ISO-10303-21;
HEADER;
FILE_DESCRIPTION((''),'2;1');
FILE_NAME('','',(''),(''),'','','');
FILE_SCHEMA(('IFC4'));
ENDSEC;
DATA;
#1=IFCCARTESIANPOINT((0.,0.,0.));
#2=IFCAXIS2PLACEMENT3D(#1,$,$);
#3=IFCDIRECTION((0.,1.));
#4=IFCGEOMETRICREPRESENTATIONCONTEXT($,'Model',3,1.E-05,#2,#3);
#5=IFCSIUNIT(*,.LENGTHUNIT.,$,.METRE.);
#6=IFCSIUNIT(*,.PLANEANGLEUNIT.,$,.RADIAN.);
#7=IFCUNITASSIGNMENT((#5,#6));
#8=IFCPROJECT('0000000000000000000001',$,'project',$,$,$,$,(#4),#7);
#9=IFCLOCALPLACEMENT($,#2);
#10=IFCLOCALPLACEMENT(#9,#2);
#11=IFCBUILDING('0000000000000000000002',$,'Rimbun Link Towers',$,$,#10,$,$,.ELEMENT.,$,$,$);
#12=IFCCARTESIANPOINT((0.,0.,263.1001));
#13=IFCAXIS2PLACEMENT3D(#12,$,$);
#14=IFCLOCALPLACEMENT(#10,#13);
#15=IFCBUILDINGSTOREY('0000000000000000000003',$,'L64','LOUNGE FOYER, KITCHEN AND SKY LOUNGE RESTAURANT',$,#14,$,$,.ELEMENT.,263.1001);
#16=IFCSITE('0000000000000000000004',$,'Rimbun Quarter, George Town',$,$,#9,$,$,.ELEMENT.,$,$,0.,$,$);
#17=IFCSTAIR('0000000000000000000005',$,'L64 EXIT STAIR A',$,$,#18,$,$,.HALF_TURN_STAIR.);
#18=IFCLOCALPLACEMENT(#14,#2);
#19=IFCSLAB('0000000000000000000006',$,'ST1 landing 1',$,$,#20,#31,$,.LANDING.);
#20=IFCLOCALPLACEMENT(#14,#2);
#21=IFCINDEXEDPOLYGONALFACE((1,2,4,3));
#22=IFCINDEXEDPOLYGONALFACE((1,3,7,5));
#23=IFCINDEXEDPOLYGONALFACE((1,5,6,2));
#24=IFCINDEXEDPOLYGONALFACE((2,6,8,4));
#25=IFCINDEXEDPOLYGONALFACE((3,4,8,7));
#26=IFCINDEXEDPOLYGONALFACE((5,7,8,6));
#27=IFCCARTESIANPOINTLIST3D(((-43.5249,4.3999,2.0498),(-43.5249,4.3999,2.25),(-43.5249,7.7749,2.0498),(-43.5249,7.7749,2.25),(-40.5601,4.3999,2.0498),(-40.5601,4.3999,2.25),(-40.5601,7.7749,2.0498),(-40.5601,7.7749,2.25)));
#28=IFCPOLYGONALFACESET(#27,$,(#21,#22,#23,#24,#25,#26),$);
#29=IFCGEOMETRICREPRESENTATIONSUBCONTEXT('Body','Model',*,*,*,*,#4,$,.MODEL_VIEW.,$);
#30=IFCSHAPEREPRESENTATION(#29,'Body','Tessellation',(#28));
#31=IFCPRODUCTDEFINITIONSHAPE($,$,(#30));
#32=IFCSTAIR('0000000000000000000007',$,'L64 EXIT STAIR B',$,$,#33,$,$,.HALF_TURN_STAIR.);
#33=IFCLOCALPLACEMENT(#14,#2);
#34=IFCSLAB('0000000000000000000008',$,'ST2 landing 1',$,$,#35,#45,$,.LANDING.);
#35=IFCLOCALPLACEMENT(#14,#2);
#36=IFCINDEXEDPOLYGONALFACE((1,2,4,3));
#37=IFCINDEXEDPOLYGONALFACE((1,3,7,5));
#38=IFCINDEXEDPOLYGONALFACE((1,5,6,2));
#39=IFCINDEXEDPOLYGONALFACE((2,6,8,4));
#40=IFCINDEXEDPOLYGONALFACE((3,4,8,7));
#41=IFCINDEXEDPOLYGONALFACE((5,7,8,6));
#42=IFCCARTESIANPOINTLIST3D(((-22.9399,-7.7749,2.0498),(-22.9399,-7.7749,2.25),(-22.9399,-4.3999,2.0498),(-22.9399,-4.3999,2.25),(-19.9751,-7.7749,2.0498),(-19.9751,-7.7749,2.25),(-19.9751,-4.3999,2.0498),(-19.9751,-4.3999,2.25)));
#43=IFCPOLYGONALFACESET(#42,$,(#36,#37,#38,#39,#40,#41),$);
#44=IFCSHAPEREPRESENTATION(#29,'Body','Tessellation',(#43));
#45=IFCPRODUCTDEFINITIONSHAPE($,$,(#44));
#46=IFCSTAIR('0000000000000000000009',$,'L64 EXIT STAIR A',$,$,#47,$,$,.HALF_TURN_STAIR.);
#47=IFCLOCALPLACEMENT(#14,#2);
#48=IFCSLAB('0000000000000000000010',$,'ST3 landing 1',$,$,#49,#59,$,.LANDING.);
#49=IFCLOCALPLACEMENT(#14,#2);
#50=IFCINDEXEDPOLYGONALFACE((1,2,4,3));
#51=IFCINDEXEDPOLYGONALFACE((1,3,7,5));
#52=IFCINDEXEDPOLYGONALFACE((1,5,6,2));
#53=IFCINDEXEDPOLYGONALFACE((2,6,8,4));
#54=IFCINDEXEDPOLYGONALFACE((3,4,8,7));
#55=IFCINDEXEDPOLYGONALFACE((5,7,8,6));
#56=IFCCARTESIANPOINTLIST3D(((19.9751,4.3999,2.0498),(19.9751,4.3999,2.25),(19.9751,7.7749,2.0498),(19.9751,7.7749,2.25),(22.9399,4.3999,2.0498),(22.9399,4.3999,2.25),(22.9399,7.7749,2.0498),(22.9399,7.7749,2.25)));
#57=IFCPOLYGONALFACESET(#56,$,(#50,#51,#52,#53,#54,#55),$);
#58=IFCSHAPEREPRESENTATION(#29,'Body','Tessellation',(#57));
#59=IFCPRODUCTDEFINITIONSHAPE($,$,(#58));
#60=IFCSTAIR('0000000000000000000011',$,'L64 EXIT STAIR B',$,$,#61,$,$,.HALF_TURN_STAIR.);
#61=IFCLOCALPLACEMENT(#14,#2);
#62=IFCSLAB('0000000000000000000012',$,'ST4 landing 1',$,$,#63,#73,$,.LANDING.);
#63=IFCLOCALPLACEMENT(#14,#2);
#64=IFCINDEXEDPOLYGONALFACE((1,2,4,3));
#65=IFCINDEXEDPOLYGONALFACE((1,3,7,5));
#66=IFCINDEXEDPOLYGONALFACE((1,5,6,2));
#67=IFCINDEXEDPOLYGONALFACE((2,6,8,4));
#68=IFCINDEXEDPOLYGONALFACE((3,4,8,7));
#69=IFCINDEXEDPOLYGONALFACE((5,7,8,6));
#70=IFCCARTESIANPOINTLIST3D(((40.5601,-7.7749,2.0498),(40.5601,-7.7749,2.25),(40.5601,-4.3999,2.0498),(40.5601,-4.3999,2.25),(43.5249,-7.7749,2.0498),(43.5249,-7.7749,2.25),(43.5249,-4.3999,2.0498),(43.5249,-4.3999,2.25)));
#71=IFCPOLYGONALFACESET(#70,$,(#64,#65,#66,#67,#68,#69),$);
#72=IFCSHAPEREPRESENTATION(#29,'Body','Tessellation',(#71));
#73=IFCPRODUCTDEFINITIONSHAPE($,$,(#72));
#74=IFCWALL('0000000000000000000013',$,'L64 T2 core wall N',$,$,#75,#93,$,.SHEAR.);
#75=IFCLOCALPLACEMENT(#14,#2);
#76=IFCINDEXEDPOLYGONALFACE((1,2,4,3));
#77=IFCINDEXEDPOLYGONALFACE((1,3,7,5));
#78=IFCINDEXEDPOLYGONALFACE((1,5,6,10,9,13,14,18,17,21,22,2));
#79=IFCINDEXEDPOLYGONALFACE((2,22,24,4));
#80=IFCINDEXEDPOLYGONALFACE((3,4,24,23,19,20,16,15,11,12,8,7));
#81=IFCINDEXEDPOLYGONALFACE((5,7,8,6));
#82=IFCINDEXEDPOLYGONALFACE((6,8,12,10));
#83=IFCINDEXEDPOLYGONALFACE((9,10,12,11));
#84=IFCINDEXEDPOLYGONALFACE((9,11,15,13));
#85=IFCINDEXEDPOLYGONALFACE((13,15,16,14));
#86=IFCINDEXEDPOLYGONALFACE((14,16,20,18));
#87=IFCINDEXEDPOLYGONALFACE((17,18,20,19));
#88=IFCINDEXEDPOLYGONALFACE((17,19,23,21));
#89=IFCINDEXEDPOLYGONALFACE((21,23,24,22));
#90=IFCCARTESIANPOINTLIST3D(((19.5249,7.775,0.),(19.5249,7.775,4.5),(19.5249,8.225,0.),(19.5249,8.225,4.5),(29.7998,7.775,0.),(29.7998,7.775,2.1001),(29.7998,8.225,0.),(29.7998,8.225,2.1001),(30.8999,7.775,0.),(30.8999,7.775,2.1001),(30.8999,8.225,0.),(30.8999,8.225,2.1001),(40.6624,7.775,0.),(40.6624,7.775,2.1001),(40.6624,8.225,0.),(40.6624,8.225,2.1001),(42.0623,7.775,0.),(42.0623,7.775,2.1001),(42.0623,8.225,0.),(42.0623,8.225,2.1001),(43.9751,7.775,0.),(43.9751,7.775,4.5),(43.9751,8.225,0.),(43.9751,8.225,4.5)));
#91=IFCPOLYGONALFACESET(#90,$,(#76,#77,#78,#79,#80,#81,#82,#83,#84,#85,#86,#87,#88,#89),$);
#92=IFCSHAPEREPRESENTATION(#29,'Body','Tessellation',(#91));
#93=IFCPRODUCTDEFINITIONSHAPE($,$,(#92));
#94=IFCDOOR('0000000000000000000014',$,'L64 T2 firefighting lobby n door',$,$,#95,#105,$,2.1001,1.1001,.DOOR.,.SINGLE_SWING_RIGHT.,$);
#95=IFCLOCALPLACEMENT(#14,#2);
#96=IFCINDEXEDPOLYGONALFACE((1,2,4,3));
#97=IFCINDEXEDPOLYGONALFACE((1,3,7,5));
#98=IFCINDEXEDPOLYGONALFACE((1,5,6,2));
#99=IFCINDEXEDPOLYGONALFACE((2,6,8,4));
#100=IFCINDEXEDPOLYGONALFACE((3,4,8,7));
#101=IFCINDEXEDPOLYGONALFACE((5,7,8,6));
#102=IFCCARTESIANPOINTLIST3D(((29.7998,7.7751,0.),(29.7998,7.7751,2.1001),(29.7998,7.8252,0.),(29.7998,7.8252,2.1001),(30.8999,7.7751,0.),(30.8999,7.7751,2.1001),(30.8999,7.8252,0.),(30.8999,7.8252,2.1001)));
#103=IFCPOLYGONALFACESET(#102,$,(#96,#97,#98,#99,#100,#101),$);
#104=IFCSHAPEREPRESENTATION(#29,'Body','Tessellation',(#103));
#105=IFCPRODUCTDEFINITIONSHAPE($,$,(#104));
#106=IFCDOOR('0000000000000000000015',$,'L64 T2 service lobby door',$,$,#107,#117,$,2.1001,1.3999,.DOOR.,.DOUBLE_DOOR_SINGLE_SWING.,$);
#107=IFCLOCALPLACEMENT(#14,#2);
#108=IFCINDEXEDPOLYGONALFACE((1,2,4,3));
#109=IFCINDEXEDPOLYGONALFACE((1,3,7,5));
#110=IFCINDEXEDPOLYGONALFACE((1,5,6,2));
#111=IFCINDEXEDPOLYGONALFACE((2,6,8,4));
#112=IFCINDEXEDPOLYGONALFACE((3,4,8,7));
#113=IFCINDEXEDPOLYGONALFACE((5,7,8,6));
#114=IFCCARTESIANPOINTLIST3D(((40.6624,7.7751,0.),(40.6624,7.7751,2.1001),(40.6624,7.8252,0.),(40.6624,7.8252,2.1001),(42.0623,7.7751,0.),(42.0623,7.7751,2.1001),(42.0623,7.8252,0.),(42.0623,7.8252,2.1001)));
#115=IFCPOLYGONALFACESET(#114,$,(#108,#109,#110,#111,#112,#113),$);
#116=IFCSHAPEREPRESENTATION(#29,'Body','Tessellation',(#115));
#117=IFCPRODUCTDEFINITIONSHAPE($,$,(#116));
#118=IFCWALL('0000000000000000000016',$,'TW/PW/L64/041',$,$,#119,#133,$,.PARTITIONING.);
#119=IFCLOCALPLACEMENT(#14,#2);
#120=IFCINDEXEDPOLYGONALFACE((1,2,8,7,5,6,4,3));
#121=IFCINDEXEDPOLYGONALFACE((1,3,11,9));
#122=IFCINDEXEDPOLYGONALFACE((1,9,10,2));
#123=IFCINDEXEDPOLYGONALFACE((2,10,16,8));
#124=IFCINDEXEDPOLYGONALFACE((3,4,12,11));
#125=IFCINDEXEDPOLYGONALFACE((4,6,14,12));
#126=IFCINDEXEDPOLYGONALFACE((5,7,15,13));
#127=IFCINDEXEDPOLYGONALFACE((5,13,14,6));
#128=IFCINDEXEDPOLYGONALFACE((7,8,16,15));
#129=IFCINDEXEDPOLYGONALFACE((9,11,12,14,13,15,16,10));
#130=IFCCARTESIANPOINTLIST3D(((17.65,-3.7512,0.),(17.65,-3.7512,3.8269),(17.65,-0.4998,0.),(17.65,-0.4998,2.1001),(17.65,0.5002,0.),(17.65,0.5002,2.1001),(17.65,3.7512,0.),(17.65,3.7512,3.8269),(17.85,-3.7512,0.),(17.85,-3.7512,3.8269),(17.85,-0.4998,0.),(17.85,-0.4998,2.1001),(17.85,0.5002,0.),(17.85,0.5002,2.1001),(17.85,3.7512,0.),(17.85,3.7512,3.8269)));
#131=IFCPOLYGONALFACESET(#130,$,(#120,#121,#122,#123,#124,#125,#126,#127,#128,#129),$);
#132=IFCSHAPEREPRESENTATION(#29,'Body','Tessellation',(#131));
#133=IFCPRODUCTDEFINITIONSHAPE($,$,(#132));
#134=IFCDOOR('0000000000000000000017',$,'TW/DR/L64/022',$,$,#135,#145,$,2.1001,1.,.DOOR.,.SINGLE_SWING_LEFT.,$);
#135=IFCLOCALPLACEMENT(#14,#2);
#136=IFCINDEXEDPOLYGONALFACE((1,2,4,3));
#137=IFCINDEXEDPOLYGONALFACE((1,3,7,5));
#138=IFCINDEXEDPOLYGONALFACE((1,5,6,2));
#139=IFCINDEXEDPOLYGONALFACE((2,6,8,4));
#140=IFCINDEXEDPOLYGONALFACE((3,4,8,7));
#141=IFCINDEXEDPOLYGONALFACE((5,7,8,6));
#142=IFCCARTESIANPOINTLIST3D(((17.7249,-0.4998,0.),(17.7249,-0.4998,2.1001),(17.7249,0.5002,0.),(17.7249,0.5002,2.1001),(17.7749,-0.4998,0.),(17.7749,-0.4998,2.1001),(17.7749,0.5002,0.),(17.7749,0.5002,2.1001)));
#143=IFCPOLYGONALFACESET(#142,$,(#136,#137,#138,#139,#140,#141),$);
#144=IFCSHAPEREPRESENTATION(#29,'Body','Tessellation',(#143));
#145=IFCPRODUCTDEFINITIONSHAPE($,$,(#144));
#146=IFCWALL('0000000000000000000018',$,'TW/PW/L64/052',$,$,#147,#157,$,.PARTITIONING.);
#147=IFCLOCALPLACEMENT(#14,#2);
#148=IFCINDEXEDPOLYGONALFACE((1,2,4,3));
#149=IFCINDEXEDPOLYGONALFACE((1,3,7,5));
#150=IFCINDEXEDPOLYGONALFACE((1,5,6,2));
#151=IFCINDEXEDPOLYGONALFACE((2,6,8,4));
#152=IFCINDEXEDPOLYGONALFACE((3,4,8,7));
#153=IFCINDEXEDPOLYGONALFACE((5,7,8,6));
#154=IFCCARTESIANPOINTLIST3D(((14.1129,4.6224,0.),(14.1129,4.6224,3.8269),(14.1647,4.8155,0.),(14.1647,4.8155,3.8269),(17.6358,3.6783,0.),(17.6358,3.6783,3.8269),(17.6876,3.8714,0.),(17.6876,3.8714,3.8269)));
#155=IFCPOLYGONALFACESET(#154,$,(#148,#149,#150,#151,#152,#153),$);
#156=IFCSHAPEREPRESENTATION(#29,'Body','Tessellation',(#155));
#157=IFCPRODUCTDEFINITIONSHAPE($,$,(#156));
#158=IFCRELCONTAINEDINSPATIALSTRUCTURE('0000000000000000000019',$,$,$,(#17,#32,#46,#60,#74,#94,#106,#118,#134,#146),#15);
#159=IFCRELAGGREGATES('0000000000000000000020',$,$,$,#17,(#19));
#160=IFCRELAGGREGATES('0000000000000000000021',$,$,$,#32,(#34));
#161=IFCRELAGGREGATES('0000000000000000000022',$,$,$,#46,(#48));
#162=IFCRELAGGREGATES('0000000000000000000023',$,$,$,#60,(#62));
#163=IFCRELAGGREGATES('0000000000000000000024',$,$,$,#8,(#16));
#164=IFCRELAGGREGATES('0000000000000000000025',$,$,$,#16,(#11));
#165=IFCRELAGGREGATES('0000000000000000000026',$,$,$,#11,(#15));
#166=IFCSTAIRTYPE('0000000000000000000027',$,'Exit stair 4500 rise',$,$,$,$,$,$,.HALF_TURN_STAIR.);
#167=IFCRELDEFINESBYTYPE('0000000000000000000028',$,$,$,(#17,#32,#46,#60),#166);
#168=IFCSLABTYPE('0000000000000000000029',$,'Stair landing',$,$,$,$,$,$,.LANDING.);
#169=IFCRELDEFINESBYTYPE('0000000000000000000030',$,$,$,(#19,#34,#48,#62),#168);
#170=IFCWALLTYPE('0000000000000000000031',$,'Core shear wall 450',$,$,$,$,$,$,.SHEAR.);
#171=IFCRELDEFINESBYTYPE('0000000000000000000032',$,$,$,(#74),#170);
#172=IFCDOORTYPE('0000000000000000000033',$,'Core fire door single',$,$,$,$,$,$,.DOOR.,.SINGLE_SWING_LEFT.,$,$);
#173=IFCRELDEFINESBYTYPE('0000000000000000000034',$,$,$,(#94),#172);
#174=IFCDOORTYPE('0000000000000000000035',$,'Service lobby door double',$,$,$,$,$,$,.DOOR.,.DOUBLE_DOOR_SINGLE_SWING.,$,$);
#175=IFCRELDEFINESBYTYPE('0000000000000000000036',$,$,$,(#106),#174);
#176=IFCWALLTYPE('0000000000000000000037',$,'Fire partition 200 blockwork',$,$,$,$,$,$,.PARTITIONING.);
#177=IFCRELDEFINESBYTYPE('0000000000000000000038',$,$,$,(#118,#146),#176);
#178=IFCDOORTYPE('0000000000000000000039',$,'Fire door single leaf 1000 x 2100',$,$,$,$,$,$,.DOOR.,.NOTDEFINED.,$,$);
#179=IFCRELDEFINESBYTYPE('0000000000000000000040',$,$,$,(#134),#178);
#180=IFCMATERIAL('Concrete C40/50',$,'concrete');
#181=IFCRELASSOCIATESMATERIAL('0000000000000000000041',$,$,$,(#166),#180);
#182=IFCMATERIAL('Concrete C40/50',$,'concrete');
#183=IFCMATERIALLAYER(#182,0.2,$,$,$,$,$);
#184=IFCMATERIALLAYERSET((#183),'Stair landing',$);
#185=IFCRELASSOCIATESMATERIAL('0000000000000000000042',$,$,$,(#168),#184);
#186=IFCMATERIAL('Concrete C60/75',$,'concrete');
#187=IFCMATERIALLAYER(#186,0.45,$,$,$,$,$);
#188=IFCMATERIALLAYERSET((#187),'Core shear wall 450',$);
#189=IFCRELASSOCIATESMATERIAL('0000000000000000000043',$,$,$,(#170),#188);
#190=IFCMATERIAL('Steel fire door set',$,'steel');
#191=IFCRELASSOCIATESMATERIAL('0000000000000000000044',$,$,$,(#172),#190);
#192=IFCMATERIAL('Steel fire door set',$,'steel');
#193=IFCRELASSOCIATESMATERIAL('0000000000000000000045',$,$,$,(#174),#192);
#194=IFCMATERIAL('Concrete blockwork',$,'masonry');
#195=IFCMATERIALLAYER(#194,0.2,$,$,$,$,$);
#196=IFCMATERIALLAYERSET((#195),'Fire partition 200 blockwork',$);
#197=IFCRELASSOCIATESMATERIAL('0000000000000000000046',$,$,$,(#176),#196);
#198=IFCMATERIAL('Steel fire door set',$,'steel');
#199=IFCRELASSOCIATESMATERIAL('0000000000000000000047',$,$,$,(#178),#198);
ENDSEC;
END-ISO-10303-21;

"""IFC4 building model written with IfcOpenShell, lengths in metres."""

from ifc_helpers import new_model, si_unit, direction, frame, frame_2d, origin, place, context, subcontext, project, spatial, polyline, rectangle, outline, extrude, material, layer, layer_set, type_object, element, fill, aggregate, save


model = new_model("IFC4")

# Units and contexts
model_context = context("Model", 3, precision=1e-05, world=origin(), true_north=direction((0.0, 1.0)))
body_context = subcontext(model_context, "Body", "Model", "MODEL_VIEW")
ifc_project = project(units=[si_unit("LENGTHUNIT", "METRE"), si_unit("PLANEANGLEUNIT", "RADIAN")], contexts=[model_context])

# Site, building, storey
site_placement = place(None, origin())
site = spatial("IfcSite", under=ifc_project, at=site_placement, Name="Rimbun Quarter, George Town", CompositionType="ELEMENT", RefElevation=0.0)
building_placement = place(site_placement, origin())
building = spatial("IfcBuilding", under=site, at=building_placement, Name="Rimbun Link Towers", CompositionType="ELEMENT")
storey_placement = place(building_placement, frame((0.0, 0.0, 263.1001)))
storey = spatial("IfcBuildingStorey", under=building, at=storey_placement, Name="L64", Description="LOUNGE FOYER, KITCHEN AND SKY LOUNGE RESTAURANT", CompositionType="ELEMENT", Elevation=263.1001)

# Stairs, slabs
ifc_material_1 = material(Name="Concrete C40/50", Category="concrete")
stair_type = type_object("IfcStairType", Name="Exit stair 4500 rise", PredefinedType="HALF_TURN_STAIR", material=ifc_material_1)
stair_1_placement = place(storey_placement, origin())
stair_1 = element("IfcStair", 1, at=stair_1_placement, inside=storey, type_object=stair_type, Name="L64 EXIT STAIR A", PredefinedType="HALF_TURN_STAIR")
ifc_material_2 = material(Name="Concrete C40/50", Category="concrete")
ifc_layer_1 = layer(ifc_material_2, 0.2)
ifc_layer_set_1 = layer_set([ifc_layer_1], Name="Stair landing")
slab_type = type_object("IfcSlabType", Name="Stair landing", PredefinedType="LANDING", material=ifc_layer_set_1)
slab_1_placement = place(storey_placement, frame((0.0, 0.0, 2.0498)))
slab_1 = element("IfcSlab", 2, at=slab_1_placement, type_object=slab_type, Name="ST1 landing 1", PredefinedType="LANDING", context=body_context, shape_type="SweptSolid", body=[
    extrude(outline(polyline([(-40.5601, 7.7749), (-43.5249, 7.7749), (-43.5249, 4.3999), (-40.5601, 4.3999), (-40.5601, 7.7749)])), origin(), (0.0, 0.0, 1.0), 0.2002),
])
aggregate(stair_1, [slab_1])
stair_2_placement = place(storey_placement, origin())
stair_2 = element("IfcStair", 3, at=stair_2_placement, inside=storey, type_object=stair_type, Name="L64 EXIT STAIR B", PredefinedType="HALF_TURN_STAIR")
slab_2_placement = place(storey_placement, frame((0.0, 0.0, 2.0498)))
slab_2 = element("IfcSlab", 4, at=slab_2_placement, type_object=slab_type, Name="ST2 landing 1", PredefinedType="LANDING", context=body_context, shape_type="SweptSolid", body=[
    extrude(outline(polyline([(-22.9399, -7.7749), (-19.9751, -7.7749), (-19.9751, -4.3999), (-22.9399, -4.3999), (-22.9399, -7.7749)])), origin(), (0.0, 0.0, 1.0), 0.2002),
])
aggregate(stair_2, [slab_2])
stair_3_placement = place(storey_placement, origin())
stair_3 = element("IfcStair", 5, at=stair_3_placement, inside=storey, type_object=stair_type, Name="L64 EXIT STAIR A", PredefinedType="HALF_TURN_STAIR")
slab_3_placement = place(storey_placement, frame((0.0, 0.0, 2.0498)))
slab_3 = element("IfcSlab", 6, at=slab_3_placement, type_object=slab_type, Name="ST3 landing 1", PredefinedType="LANDING", context=body_context, shape_type="SweptSolid", body=[
    extrude(outline(polyline([(22.9399, 7.7749), (19.9751, 7.7749), (19.9751, 4.3999), (22.9399, 4.3999), (22.9399, 7.7749)])), origin(), (0.0, 0.0, 1.0), 0.2002),
])
aggregate(stair_3, [slab_3])
stair_4_placement = place(storey_placement, origin())
stair_4 = element("IfcStair", 7, at=stair_4_placement, inside=storey, type_object=stair_type, Name="L64 EXIT STAIR B", PredefinedType="HALF_TURN_STAIR")
slab_4_placement = place(storey_placement, frame((0.0, 0.0, 2.0498)))
slab_4 = element("IfcSlab", 8, at=slab_4_placement, type_object=slab_type, Name="ST4 landing 1", PredefinedType="LANDING", context=body_context, shape_type="SweptSolid", body=[
    extrude(outline(polyline([(40.5601, -7.7749), (43.5249, -7.7749), (43.5249, -4.3999), (40.5601, -4.3999), (40.5601, -7.7749)])), origin(), (0.0, 0.0, 1.0), 0.2002),
])
aggregate(stair_4, [slab_4])

# Wall, openings, doors
ifc_material_3 = material(Name="Concrete C60/75", Category="concrete")
ifc_layer_2 = layer(ifc_material_3, 0.45)
ifc_layer_set_2 = layer_set([ifc_layer_2], Name="Core shear wall 450")
wall_type_1 = type_object("IfcWallType", Name="Core shear wall 450", PredefinedType="SHEAR", material=ifc_layer_set_2)
wall_1_placement = place(storey_placement, frame((19.5249, 8.0, 0.0), z_axis=(0.0, 0.0, 1.0), x_axis=(1.0, 0.0, 0.0)))
wall_1 = element("IfcWall", 9, at=wall_1_placement, inside=storey, type_object=wall_type_1, Name="L64 T2 core wall N", PredefinedType="SHEAR", context=body_context, shape_type="SweptSolid", body=[
    extrude(rectangle(XDim=24.4502, YDim=0.45, at=frame_2d((12.2251, 0.0))), origin(), (0.0, 0.0, 1.0), 4.5),
])
opening_1_placement = place(wall_1_placement, frame((10.2749, 0.0, 0.0)))
opening_1 = element("IfcOpeningElement", 10, at=opening_1_placement, cuts=wall_1, PredefinedType="OPENING", context=body_context, shape_type="SweptSolid", body=[
    extrude(rectangle(XDim=1.1001, YDim=2.1001, at=frame_2d((0.55, 1.05))), frame((0.0, 0.2349, 0.0), z_axis=(0.0, -1.0, 0.0), x_axis=(1.0, 0.0, 0.0)), (0.0, 0.0, 1.0), 0.47),
])
opening_2_placement = place(wall_1_placement, frame((21.1375, 0.0, 0.0)))
opening_2 = element("IfcOpeningElement", 11, at=opening_2_placement, cuts=wall_1, PredefinedType="OPENING", context=body_context, shape_type="SweptSolid", body=[
    extrude(rectangle(XDim=1.3999, YDim=2.1001, at=frame_2d((0.7, 1.05))), frame((0.0, 0.2349, 0.0), z_axis=(0.0, -1.0, 0.0), x_axis=(1.0, 0.0, 0.0)), (0.0, 0.0, 1.0), 0.47),
])
ifc_material_4 = material(Name="Steel fire door set", Category="steel")
door_type_1 = type_object("IfcDoorType", Name="Core fire door single", OperationType="SINGLE_SWING_LEFT", PredefinedType="DOOR", material=ifc_material_4)
door_1_placement = place(opening_1_placement, origin())
door_1 = element("IfcDoor", 12, at=door_1_placement, inside=storey, type_object=door_type_1, Name="L64 T2 firefighting lobby n door", OperationType="SINGLE_SWING_RIGHT", OverallHeight=2.1001, OverallWidth=1.1001, PredefinedType="DOOR", context=body_context, shape_type="SweptSolid", body=[
    extrude(rectangle(XDim=1.1001, YDim=2.1001, at=frame_2d((0.55, 1.05))), frame((0.0, -0.1748, 0.0), z_axis=(0.0, -1.0, 0.0), x_axis=(1.0, 0.0, 0.0)), (0.0, 0.0, 1.0), 0.05),
])
fill(opening_1, door_1)
ifc_material_5 = material(Name="Steel fire door set", Category="steel")
door_type_2 = type_object("IfcDoorType", Name="Service lobby door double", OperationType="DOUBLE_DOOR_SINGLE_SWING", PredefinedType="DOOR", material=ifc_material_5)
door_2_placement = place(opening_2_placement, origin())
door_2 = element("IfcDoor", 13, at=door_2_placement, inside=storey, type_object=door_type_2, Name="L64 T2 service lobby door", OperationType="DOUBLE_DOOR_SINGLE_SWING", OverallHeight=2.1001, OverallWidth=1.3999, PredefinedType="DOOR", context=body_context, shape_type="SweptSolid", body=[
    extrude(rectangle(XDim=1.3999, YDim=2.1001, at=frame_2d((0.7, 1.05))), frame((0.0, -0.1748, 0.0), z_axis=(0.0, -1.0, 0.0), x_axis=(1.0, 0.0, 0.0)), (0.0, 0.0, 1.0), 0.05),
])
fill(opening_2, door_2)

# Wall, opening, door
ifc_material_6 = material(Name="Concrete blockwork", Category="masonry")
ifc_layer_3 = layer(ifc_material_6, 0.2)
ifc_layer_set_3 = layer_set([ifc_layer_3], Name="Fire partition 200 blockwork")
wall_type_2 = type_object("IfcWallType", Name="Fire partition 200 blockwork", PredefinedType="PARTITIONING", material=ifc_layer_set_3)
wall_2_placement = place(storey_placement, frame((17.75, 3.7512, 0.0), z_axis=(0.0, 0.0, 1.0), x_axis=(0.0, -1.0, 0.0)))
wall_2 = element("IfcWall", 14, at=wall_2_placement, inside=storey, type_object=wall_type_2, Name="TW/PW/L64/041", PredefinedType="PARTITIONING", context=body_context, shape_type="SweptSolid", body=[
    extrude(rectangle(XDim=7.5024, YDim=0.2, at=frame_2d((3.7512, 0.0))), origin(), (0.0, 0.0, 1.0), 3.8269),
])
opening_3_placement = place(wall_2_placement, frame((3.251, 0.0, 0.0)))
opening_3 = element("IfcOpeningElement", 15, at=opening_3_placement, cuts=wall_2, PredefinedType="OPENING", context=body_context, shape_type="SweptSolid", body=[
    extrude(rectangle(XDim=1.0, YDim=2.1001, at=frame_2d((0.5, 1.05))), frame((0.0, 0.1099, 0.0), z_axis=(0.0, -1.0, 0.0), x_axis=(1.0, 0.0, 0.0)), (0.0, 0.0, 1.0), 0.22),
])
ifc_material_7 = material(Name="Steel fire door set", Category="steel")
door_type_3 = type_object("IfcDoorType", Name="Fire door single leaf 1000 x 2100", OperationType="NOTDEFINED", PredefinedType="DOOR", material=ifc_material_7)
door_3_placement = place(opening_3_placement, origin())
door_3 = element("IfcDoor", 16, at=door_3_placement, inside=storey, type_object=door_type_3, Name="TW/DR/L64/022", OperationType="SINGLE_SWING_LEFT", OverallHeight=2.1001, OverallWidth=1.0, PredefinedType="DOOR", context=body_context, shape_type="SweptSolid", body=[
    extrude(rectangle(XDim=1.0, YDim=2.1001, at=frame_2d((0.5, 1.05))), frame((0.0, 0.0249, 0.0), z_axis=(0.0, -1.0, 0.0), x_axis=(1.0, 0.0, 0.0)), (0.0, 0.0, 1.0), 0.05),
])
fill(opening_3, door_3)

# Wall
wall_3_placement = place(storey_placement, frame((14.1387, 4.719, 0.0), z_axis=(0.0, 0.0, 1.0), x_axis=(0.965918, -0.25885, 0.0)))
element("IfcWall", 17, at=wall_3_placement, inside=storey, type_object=wall_type_2, Name="TW/PW/L64/052", PredefinedType="PARTITIONING", context=body_context, shape_type="SweptSolid", body=[
    extrude(rectangle(XDim=3.6472, YDim=0.2, at=frame_2d((1.8237, 0.0))), origin(), (0.0, 0.0, 1.0), 3.8269),
])

save(model, "model.ifc")
